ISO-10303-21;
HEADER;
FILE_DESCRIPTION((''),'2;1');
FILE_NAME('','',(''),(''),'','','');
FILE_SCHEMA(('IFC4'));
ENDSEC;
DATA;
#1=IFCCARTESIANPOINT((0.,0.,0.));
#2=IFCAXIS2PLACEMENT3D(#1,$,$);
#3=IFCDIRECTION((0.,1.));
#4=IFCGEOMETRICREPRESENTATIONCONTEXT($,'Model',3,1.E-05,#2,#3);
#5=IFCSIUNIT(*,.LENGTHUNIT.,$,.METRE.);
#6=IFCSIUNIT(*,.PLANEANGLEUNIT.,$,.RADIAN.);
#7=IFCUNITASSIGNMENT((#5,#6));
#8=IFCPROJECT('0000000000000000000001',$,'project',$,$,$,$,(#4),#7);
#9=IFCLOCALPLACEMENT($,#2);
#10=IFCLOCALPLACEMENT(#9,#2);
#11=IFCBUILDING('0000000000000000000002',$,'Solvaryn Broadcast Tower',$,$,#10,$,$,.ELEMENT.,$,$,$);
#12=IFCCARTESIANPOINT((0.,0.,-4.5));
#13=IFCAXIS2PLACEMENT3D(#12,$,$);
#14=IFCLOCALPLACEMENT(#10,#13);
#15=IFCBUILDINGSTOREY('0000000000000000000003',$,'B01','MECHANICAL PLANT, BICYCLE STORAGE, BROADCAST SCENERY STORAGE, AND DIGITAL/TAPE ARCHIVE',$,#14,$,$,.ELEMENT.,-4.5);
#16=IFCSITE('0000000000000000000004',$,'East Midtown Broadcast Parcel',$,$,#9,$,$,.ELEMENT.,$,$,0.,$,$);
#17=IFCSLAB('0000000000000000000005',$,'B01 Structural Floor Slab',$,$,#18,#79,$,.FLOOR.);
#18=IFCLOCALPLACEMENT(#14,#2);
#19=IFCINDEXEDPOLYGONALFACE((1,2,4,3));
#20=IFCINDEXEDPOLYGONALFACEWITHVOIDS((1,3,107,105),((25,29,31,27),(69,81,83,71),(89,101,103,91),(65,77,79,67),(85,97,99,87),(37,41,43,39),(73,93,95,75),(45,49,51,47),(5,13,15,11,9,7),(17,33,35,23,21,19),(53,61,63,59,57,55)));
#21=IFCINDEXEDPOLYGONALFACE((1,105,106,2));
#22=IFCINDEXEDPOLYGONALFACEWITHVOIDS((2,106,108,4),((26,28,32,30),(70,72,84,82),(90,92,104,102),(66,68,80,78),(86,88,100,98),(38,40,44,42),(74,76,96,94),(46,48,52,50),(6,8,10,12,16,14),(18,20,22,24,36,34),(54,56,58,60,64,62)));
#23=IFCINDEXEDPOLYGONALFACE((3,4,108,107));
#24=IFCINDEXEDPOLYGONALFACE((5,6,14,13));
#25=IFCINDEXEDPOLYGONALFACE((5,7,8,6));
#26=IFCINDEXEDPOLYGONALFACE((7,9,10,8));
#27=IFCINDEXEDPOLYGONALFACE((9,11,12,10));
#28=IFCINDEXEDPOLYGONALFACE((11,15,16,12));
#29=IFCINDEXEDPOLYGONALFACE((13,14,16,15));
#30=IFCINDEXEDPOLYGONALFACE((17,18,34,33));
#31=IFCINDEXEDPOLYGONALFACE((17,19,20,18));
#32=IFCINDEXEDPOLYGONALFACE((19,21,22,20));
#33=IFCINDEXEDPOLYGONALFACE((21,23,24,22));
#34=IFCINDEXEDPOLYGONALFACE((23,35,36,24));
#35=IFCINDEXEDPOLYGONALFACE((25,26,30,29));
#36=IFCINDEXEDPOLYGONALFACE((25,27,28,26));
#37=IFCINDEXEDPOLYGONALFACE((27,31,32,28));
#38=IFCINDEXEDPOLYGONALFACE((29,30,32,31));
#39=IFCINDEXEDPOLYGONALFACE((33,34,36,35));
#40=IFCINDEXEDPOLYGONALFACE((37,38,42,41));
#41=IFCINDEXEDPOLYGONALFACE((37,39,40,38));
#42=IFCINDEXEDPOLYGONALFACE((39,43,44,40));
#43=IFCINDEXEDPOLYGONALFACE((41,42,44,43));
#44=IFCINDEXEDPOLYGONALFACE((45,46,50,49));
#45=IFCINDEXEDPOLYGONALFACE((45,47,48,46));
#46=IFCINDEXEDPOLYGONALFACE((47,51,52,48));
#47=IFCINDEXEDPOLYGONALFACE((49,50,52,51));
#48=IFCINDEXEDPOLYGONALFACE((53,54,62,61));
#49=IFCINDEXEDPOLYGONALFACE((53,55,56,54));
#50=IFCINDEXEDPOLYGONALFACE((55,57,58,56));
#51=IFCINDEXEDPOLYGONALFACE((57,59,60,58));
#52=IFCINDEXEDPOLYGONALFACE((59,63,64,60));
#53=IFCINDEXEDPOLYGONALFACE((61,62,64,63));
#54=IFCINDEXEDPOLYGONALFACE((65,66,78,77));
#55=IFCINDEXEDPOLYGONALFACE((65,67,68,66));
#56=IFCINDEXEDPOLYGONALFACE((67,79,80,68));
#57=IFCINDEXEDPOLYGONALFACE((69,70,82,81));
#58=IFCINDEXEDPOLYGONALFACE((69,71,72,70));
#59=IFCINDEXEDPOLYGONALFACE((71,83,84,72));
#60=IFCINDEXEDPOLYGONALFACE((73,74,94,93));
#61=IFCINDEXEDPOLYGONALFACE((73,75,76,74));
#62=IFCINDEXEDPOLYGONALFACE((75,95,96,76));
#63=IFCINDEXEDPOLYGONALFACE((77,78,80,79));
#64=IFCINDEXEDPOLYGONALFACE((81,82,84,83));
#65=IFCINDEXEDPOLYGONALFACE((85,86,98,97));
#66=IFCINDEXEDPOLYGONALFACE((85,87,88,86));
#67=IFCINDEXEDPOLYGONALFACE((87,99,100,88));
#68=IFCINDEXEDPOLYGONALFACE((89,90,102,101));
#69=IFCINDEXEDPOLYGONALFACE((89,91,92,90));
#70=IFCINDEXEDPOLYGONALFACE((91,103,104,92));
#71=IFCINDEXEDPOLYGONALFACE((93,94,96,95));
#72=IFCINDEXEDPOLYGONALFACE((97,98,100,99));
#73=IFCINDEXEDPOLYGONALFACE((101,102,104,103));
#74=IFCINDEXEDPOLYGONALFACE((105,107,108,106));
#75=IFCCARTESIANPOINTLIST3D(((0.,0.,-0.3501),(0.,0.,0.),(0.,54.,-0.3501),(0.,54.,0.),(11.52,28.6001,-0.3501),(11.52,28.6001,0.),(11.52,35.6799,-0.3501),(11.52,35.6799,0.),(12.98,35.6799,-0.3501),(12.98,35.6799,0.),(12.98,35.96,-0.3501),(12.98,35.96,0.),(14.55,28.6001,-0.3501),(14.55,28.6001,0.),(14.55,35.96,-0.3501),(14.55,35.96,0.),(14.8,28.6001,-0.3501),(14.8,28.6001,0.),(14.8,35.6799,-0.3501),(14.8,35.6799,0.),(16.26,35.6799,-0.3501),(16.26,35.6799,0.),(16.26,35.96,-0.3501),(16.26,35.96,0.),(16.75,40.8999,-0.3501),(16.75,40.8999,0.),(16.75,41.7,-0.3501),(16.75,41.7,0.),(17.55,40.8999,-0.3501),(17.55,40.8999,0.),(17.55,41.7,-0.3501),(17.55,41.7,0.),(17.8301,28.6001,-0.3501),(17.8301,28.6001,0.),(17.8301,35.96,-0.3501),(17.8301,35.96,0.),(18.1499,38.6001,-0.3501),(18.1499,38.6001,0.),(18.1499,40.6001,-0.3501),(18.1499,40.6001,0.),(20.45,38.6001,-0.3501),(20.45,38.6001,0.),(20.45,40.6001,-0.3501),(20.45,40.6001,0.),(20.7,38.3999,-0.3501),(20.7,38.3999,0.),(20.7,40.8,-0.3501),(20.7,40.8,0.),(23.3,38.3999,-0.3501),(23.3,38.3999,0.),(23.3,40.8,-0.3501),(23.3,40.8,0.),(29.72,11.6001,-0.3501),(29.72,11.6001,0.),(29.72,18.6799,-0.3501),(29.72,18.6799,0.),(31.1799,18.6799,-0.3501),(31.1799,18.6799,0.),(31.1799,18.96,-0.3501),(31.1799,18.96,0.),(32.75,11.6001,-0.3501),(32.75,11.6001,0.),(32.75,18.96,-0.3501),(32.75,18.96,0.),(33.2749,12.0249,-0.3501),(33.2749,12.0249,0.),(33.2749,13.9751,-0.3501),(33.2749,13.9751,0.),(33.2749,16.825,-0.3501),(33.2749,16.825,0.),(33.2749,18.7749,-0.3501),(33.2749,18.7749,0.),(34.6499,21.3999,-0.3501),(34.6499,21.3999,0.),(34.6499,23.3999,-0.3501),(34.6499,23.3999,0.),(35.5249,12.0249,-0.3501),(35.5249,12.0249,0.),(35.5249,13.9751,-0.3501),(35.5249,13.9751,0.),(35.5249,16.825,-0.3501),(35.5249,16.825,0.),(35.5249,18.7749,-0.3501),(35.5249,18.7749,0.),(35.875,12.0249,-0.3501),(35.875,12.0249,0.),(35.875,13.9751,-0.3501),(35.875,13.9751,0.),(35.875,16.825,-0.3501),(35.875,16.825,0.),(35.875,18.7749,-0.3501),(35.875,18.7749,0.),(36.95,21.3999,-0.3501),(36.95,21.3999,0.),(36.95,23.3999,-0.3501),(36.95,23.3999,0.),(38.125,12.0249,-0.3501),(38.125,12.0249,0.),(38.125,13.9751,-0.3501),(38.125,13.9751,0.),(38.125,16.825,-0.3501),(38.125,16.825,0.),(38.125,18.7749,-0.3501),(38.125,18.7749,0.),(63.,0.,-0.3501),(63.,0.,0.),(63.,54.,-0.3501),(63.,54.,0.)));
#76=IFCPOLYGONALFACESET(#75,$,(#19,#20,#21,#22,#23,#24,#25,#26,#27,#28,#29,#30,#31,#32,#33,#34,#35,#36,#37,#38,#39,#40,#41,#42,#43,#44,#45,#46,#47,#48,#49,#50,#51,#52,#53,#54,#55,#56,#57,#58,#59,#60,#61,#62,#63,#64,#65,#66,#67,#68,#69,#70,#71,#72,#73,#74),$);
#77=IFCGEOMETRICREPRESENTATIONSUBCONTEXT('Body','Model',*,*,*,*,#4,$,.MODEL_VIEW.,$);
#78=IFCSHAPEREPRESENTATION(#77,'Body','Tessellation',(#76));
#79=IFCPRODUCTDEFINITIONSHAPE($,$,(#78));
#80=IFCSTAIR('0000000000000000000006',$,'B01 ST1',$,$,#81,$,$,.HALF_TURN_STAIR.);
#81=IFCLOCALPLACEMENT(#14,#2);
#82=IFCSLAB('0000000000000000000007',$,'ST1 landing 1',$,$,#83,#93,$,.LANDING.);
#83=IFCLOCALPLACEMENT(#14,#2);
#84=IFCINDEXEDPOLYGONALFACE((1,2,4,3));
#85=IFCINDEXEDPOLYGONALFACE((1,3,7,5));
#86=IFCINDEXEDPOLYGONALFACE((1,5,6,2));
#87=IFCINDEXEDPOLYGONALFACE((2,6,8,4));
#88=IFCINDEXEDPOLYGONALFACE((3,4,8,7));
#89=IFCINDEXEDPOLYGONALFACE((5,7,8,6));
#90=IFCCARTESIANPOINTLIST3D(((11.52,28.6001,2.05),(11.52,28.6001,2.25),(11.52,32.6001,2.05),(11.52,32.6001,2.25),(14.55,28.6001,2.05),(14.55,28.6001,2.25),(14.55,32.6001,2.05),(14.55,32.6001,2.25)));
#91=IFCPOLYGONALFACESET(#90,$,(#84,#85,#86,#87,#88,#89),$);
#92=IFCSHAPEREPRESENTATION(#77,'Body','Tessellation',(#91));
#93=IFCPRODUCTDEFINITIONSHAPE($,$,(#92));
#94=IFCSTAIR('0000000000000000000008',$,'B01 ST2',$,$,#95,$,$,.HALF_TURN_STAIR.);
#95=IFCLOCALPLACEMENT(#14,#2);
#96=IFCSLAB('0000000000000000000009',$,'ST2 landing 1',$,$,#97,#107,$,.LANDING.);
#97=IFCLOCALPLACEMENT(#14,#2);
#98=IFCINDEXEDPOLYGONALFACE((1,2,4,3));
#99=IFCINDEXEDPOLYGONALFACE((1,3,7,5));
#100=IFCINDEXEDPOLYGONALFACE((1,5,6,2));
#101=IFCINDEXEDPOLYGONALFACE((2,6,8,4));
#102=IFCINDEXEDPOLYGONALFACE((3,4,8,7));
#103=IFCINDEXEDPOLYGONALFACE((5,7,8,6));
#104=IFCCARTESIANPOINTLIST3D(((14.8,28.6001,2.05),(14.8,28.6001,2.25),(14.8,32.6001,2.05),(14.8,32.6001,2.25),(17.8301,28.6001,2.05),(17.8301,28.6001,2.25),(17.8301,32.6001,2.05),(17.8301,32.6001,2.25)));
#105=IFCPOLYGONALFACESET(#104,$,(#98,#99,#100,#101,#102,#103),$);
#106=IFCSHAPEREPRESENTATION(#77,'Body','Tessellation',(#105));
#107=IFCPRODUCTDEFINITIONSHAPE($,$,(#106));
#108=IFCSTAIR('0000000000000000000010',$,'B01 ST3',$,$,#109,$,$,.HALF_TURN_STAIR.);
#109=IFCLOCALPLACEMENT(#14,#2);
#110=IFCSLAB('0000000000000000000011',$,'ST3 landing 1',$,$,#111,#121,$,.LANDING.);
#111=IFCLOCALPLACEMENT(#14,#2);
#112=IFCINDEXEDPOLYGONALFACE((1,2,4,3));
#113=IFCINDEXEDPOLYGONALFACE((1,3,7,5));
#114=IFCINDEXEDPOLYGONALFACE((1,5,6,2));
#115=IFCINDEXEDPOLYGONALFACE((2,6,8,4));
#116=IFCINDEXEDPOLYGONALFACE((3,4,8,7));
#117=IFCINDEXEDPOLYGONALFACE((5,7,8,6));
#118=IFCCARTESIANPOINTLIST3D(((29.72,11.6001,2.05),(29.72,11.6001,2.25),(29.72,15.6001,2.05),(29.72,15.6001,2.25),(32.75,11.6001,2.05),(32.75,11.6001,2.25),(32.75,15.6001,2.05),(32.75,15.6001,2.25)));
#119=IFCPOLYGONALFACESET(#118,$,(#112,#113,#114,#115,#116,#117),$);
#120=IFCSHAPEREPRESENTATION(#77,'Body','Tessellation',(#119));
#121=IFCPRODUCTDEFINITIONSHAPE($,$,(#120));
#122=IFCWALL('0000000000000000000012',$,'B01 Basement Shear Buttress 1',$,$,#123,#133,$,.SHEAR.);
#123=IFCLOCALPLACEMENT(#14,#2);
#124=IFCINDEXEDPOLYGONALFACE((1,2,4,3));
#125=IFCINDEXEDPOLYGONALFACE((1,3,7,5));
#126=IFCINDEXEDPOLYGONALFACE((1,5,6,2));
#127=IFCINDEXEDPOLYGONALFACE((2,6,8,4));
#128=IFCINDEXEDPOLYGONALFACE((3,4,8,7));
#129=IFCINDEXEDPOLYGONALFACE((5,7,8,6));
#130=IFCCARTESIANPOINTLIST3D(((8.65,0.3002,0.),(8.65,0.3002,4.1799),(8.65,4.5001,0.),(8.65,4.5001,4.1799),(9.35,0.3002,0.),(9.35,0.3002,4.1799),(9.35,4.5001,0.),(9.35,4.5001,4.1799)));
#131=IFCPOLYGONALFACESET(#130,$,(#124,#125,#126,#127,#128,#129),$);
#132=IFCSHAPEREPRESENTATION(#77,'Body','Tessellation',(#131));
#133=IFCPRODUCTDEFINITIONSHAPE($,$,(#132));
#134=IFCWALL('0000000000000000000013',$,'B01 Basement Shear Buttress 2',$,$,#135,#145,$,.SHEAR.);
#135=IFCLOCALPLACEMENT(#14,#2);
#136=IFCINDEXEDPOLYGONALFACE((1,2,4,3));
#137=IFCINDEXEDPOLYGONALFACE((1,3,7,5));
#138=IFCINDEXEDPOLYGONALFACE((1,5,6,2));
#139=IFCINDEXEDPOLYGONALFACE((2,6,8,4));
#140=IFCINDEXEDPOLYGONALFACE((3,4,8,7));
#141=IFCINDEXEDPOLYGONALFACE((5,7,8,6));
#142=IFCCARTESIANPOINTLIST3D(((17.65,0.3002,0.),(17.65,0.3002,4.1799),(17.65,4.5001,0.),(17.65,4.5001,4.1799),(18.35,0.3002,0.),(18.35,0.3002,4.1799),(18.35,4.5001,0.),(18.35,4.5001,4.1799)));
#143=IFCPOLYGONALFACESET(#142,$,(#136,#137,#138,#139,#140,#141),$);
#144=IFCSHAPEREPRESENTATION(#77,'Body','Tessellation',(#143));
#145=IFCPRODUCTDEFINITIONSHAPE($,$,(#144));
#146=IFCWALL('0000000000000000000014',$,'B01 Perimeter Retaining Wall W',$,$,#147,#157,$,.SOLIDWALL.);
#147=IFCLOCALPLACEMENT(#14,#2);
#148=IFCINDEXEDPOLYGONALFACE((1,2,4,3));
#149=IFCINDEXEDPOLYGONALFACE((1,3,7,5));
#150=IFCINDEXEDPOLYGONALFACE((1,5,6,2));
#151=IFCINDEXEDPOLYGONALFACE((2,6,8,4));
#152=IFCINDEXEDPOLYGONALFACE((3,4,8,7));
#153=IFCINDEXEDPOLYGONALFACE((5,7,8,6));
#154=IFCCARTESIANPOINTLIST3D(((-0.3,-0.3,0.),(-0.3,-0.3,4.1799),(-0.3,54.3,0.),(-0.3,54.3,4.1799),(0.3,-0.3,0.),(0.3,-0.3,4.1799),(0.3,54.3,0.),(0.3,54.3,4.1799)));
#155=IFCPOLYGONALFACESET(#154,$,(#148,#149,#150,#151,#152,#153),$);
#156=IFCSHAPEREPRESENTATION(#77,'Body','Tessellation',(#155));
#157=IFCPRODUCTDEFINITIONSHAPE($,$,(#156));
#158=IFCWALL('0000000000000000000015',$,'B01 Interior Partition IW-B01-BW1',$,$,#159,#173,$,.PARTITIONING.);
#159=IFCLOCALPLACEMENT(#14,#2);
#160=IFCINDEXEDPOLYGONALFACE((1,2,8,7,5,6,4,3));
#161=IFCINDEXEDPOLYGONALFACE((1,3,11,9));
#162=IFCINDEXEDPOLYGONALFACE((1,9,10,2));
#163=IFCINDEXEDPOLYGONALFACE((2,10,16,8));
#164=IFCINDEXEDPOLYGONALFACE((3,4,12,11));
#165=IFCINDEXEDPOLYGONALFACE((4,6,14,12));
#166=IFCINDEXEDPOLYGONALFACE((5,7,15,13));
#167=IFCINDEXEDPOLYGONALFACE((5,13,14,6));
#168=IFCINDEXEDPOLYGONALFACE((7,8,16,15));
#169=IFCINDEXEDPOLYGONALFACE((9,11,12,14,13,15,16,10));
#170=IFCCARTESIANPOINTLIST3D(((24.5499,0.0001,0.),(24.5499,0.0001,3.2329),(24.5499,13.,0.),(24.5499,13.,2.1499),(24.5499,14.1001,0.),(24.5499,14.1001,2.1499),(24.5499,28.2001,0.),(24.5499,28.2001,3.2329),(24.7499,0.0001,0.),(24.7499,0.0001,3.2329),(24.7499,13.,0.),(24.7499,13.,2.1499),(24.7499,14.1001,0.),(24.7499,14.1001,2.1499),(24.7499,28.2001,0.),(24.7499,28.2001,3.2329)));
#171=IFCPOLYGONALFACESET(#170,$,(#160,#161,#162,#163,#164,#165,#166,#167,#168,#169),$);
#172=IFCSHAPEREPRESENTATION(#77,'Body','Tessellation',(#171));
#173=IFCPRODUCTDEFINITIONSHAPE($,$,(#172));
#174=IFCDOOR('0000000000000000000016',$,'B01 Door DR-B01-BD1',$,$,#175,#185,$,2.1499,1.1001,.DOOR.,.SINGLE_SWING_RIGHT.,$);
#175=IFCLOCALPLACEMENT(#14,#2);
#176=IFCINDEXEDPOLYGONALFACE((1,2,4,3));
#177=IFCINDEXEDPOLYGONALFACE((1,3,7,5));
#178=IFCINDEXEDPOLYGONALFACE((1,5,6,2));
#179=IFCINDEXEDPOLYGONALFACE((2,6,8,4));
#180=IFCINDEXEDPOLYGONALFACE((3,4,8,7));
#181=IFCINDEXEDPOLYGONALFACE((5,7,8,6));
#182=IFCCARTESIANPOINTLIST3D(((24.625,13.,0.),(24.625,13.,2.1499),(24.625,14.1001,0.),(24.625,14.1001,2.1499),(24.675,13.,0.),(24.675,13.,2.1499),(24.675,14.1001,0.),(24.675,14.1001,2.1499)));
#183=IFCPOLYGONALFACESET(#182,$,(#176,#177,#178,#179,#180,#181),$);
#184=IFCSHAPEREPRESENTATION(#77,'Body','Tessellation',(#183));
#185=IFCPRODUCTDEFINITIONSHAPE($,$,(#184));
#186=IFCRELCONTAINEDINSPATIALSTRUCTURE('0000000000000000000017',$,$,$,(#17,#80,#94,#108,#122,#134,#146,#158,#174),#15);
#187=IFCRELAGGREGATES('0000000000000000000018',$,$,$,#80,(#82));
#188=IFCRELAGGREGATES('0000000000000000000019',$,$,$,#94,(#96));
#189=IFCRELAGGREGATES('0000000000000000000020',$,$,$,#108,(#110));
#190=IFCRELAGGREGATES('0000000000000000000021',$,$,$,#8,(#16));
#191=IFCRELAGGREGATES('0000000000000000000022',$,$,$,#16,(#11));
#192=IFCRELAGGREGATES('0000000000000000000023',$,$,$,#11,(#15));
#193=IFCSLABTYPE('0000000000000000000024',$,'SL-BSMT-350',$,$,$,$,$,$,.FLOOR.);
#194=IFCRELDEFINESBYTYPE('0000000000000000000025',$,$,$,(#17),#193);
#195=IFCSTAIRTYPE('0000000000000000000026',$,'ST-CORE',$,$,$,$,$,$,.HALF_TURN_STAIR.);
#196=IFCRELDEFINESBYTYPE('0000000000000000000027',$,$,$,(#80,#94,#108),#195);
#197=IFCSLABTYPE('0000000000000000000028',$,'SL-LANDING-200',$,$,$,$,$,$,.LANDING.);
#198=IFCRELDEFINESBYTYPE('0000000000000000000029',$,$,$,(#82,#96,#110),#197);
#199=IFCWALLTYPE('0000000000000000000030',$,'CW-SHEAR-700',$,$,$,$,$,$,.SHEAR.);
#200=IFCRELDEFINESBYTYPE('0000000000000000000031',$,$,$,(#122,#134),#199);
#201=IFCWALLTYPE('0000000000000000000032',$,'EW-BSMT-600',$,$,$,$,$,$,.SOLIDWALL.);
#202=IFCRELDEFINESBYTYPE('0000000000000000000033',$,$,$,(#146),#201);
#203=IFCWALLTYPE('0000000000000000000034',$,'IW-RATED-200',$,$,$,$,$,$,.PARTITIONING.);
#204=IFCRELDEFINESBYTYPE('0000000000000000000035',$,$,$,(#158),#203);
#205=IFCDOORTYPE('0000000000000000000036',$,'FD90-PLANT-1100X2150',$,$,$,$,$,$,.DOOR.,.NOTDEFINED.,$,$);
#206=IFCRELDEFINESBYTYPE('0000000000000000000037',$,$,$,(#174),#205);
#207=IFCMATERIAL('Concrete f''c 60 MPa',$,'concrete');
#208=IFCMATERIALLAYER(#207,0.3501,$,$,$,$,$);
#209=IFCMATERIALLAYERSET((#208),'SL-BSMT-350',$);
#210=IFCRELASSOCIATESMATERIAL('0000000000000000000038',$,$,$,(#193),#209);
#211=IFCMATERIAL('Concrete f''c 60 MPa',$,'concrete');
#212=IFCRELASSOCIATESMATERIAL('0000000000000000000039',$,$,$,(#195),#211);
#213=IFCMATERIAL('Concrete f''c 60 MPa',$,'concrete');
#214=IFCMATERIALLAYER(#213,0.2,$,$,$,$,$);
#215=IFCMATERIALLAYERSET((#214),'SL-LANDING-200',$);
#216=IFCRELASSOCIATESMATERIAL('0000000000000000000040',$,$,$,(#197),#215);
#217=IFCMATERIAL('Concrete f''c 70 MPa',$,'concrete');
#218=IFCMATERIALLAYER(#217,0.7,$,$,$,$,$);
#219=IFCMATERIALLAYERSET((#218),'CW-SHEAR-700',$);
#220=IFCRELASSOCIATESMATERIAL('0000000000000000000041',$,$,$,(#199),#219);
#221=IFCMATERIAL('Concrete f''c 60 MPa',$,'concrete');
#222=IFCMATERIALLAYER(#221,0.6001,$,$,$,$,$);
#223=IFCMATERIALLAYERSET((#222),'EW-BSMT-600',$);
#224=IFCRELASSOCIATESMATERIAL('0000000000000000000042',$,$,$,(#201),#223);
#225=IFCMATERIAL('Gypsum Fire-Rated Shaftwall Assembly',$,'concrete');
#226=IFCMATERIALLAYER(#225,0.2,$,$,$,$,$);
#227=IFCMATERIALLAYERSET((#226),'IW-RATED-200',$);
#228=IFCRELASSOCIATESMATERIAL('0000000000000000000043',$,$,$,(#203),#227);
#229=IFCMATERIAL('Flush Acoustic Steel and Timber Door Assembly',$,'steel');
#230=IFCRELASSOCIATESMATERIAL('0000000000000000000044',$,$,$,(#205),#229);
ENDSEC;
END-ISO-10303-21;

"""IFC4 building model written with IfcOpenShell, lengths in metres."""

from ifc_helpers import new_model, si_unit, direction, frame, frame_2d, origin, place, context, subcontext, project, spatial, polyline, rectangle, outline, extrude, material, layer, layer_set, type_object, element, fill, aggregate, save


model = new_model("IFC4")

# Units and contexts
model_context = context("Model", 3, precision=1e-05, world=origin(), true_north=direction((0.0, 1.0)))
body_context = subcontext(model_context, "Body", "Model", "MODEL_VIEW")
ifc_project = project(units=[si_unit("LENGTHUNIT", "METRE"), si_unit("PLANEANGLEUNIT", "RADIAN")], contexts=[model_context])

# Site, building, storey
site_placement = place(None, origin())
site = spatial("IfcSite", under=ifc_project, at=site_placement, Name="East Midtown Broadcast Parcel", CompositionType="ELEMENT", RefElevation=0.0)
building_placement = place(site_placement, origin())
building = spatial("IfcBuilding", under=site, at=building_placement, Name="Solvaryn Broadcast Tower", CompositionType="ELEMENT")
storey_placement = place(building_placement, frame((0.0, 0.0, -4.5)))
storey = spatial("IfcBuildingStorey", under=building, at=storey_placement, Name="B01", Description="MECHANICAL PLANT, BICYCLE STORAGE, BROADCAST SCENERY STORAGE, AND DIGITAL/TAPE ARCHIVE", CompositionType="ELEMENT", Elevation=-4.5)

# Slab
ifc_material_1 = material(Name="Concrete f'c 60 MPa", Category="concrete")
ifc_layer_1 = layer(ifc_material_1, 0.3501)
ifc_layer_set_1 = layer_set([ifc_layer_1], Name="SL-BSMT-350")
slab_type_1 = type_object("IfcSlabType", Name="SL-BSMT-350", PredefinedType="FLOOR", material=ifc_layer_set_1)
slab_1_placement = place(storey_placement, frame((0.0, 0.0, -0.3501)))
element("IfcSlab", 1, at=slab_1_placement, inside=storey, type_object=slab_type_1, Name="B01 Structural Floor Slab", PredefinedType="FLOOR", context=body_context, shape_type="SweptSolid", body=[
    extrude(outline(polyline([(0.0, 0.0), (63.0, 0.0), (63.0, 54.0), (0.0, 54.0), (0.0, 0.0)]), holes=[polyline([(11.52, 28.6001), (14.55, 28.6001), (14.55, 35.96), (12.98, 35.96), (12.98, 35.6799), (11.52, 35.6799), (11.52, 28.6001)]), polyline([(14.8, 28.6001), (17.8301, 28.6001), (17.8301, 35.96), (16.26, 35.96), (16.26, 35.6799), (14.8, 35.6799), (14.8, 28.6001)]), polyline([(29.72, 11.6001), (32.75, 11.6001), (32.75, 18.96), (31.1799, 18.96), (31.1799, 18.6799), (29.72, 18.6799), (29.72, 11.6001)]), polyline([(18.1499, 38.6001), (20.45, 38.6001), (20.45, 40.6001), (18.1499, 40.6001), (18.1499, 38.6001)]), polyline([(20.7, 38.3999), (23.3, 38.3999), (23.3, 40.8), (20.7, 40.8), (20.7, 38.3999)]), polyline([(34.6499, 21.3999), (36.95, 21.3999), (36.95, 23.3999), (34.6499, 23.3999), (34.6499, 21.3999)]), polyline([(33.2749, 12.0249), (35.5249, 12.0249), (35.5249, 13.9751), (33.2749, 13.9751), (33.2749, 12.0249)]), polyline([(35.875, 12.0249), (38.125, 12.0249), (38.125, 13.9751), (35.875, 13.9751), (35.875, 12.0249)]), polyline([(33.2749, 16.825), (35.5249, 16.825), (35.5249, 18.7749), (33.2749, 18.7749), (33.2749, 16.825)]), polyline([(35.875, 16.825), (38.125, 16.825), (38.125, 18.7749), (35.875, 18.7749), (35.875, 16.825)]), polyline([(16.75, 40.8999), (17.55, 40.8999), (17.55, 41.7), (16.75, 41.7), (16.75, 40.8999)])]), origin(), (0.0, 0.0, 1.0), 0.3501),
])

# Stairs, slabs
ifc_material_2 = material(Name="Concrete f'c 60 MPa", Category="concrete")
stair_type = type_object("IfcStairType", Name="ST-CORE", PredefinedType="HALF_TURN_STAIR", material=ifc_material_2)
stair_1_placement = place(storey_placement, origin())
stair_1 = element("IfcStair", 2, at=stair_1_placement, inside=storey, type_object=stair_type, Name="B01 ST1", PredefinedType="HALF_TURN_STAIR")
ifc_material_3 = material(Name="Concrete f'c 60 MPa", Category="concrete")
ifc_layer_2 = layer(ifc_material_3, 0.2)
ifc_layer_set_2 = layer_set([ifc_layer_2], Name="SL-LANDING-200")
slab_type_2 = type_object("IfcSlabType", Name="SL-LANDING-200", PredefinedType="LANDING", material=ifc_layer_set_2)
slab_2_placement = place(storey_placement, frame((0.0, 0.0, 2.05)))
slab_2 = element("IfcSlab", 3, at=slab_2_placement, type_object=slab_type_2, Name="ST1 landing 1", PredefinedType="LANDING", context=body_context, shape_type="SweptSolid", body=[
    extrude(outline(polyline([(11.52, 32.6001), (11.52, 28.6001), (14.55, 28.6001), (14.55, 32.6001), (11.52, 32.6001)])), origin(), (0.0, 0.0, 1.0), 0.2),
])
aggregate(stair_1, [slab_2])
stair_2_placement = place(storey_placement, origin())
stair_2 = element("IfcStair", 4, at=stair_2_placement, inside=storey, type_object=stair_type, Name="B01 ST2", PredefinedType="HALF_TURN_STAIR")
slab_3_placement = place(storey_placement, frame((0.0, 0.0, 2.05)))
slab_3 = element("IfcSlab", 5, at=slab_3_placement, type_object=slab_type_2, Name="ST2 landing 1", PredefinedType="LANDING", context=body_context, shape_type="SweptSolid", body=[
    extrude(outline(polyline([(14.8, 32.6001), (14.8, 28.6001), (17.8301, 28.6001), (17.8301, 32.6001), (14.8, 32.6001)])), origin(), (0.0, 0.0, 1.0), 0.2),
])
aggregate(stair_2, [slab_3])
stair_3_placement = place(storey_placement, origin())
stair_3 = element("IfcStair", 6, at=stair_3_placement, inside=storey, type_object=stair_type, Name="B01 ST3", PredefinedType="HALF_TURN_STAIR")
slab_4_placement = place(storey_placement, frame((0.0, 0.0, 2.05)))
slab_4 = element("IfcSlab", 7, at=slab_4_placement, type_object=slab_type_2, Name="ST3 landing 1", PredefinedType="LANDING", context=body_context, shape_type="SweptSolid", body=[
    extrude(outline(polyline([(29.72, 15.6001), (29.72, 11.6001), (32.75, 11.6001), (32.75, 15.6001), (29.72, 15.6001)])), origin(), (0.0, 0.0, 1.0), 0.2),
])
aggregate(stair_3, [slab_4])

# Walls
ifc_material_4 = material(Name="Concrete f'c 70 MPa", Category="concrete")
ifc_layer_3 = layer(ifc_material_4, 0.7)
ifc_layer_set_3 = layer_set([ifc_layer_3], Name="CW-SHEAR-700")
wall_type_1 = type_object("IfcWallType", Name="CW-SHEAR-700", PredefinedType="SHEAR", material=ifc_layer_set_3)
for number, where, z_axis, x_axis, name in (
    (8, (9.0, 0.3, 0.0), (0.0, 0.0, 1.0), (0.0, 1.0, 0.0), "B01 Basement Shear Buttress 1"),
    (9, (18.0, 0.3, 0.0), (0.0, 0.0, 1.0), (0.0, 1.0, 0.0), "B01 Basement Shear Buttress 2"),
):
    element("IfcWall", number, at=place(storey_placement, frame(where, z_axis=z_axis, x_axis=x_axis)), inside=storey, type_object=wall_type_1, Name=name, PredefinedType="SHEAR", context=body_context, shape_type="SweptSolid", body=[
        extrude(rectangle(XDim=4.2, YDim=0.7, at=frame_2d((2.1001, 0.0))), origin(), (0.0, 0.0, 1.0), 4.1799),
    ])
ifc_material_5 = material(Name="Concrete f'c 60 MPa", Category="concrete")
ifc_layer_4 = layer(ifc_material_5, 0.6001)
ifc_layer_set_4 = layer_set([ifc_layer_4], Name="EW-BSMT-600")
wall_type_2 = type_object("IfcWallType", Name="EW-BSMT-600", PredefinedType="SOLIDWALL", material=ifc_layer_set_4)
wall_1_placement = place(storey_placement, frame((0.0, -0.3, 0.0), z_axis=(0.0, 0.0, 1.0), x_axis=(0.0, 1.0, 0.0)))
element("IfcWall", 10, at=wall_1_placement, inside=storey, type_object=wall_type_2, Name="B01 Perimeter Retaining Wall W", PredefinedType="SOLIDWALL", context=body_context, shape_type="SweptSolid", body=[
    extrude(rectangle(XDim=54.6001, YDim=0.6001, at=frame_2d((27.3, 0.0))), origin(), (0.0, 0.0, 1.0), 4.1799),
])

# Wall, opening, door
ifc_material_6 = material(Name="Gypsum Fire-Rated Shaftwall Assembly", Category="concrete")
ifc_layer_5 = layer(ifc_material_6, 0.2)
ifc_layer_set_5 = layer_set([ifc_layer_5], Name="IW-RATED-200")
wall_type_3 = type_object("IfcWallType", Name="IW-RATED-200", PredefinedType="PARTITIONING", material=ifc_layer_set_5)
wall_2_placement = place(storey_placement, frame((24.6499, 0.0, 0.0), z_axis=(0.0, 0.0, 1.0), x_axis=(0.0, 1.0, 0.0)))
wall_2 = element("IfcWall", 11, at=wall_2_placement, inside=storey, type_object=wall_type_3, Name="B01 Interior Partition IW-B01-BW1", PredefinedType="PARTITIONING", context=body_context, shape_type="SweptSolid", body=[
    extrude(rectangle(XDim=28.2, YDim=0.2, at=frame_2d((14.1001, 0.0))), origin(), (0.0, 0.0, 1.0), 3.2329),
])
opening_placement = place(wall_2_placement, frame((13.0, 0.0, 0.0)))
opening = element("IfcOpeningElement", 12, at=opening_placement, cuts=wall_2, PredefinedType="OPENING", context=body_context, shape_type="SweptSolid", body=[
    extrude(rectangle(XDim=1.1001, YDim=2.1499, at=frame_2d((0.55, 1.075))), frame((0.0, 0.1101, 0.0), z_axis=(0.0, -1.0, 0.0), x_axis=(1.0, 0.0, 0.0)), (0.0, 0.0, 1.0), 0.22),
])
ifc_material_7 = material(Name="Flush Acoustic Steel and Timber Door Assembly", Category="steel")
door_type = type_object("IfcDoorType", Name="FD90-PLANT-1100X2150", OperationType="NOTDEFINED", PredefinedType="DOOR", material=ifc_material_7)
door_placement = place(opening_placement, origin())
door = element("IfcDoor", 13, at=door_placement, inside=storey, type_object=door_type, Name="B01 Door DR-B01-BD1", OperationType="SINGLE_SWING_RIGHT", OverallHeight=2.1499, OverallWidth=1.1001, PredefinedType="DOOR", context=body_context, shape_type="SweptSolid", body=[
    extrude(rectangle(XDim=1.1001, YDim=2.1499, at=frame_2d((0.55, 1.075))), frame((0.0, 0.0249, 0.0), z_axis=(0.0, -1.0, 0.0), x_axis=(1.0, 0.0, 0.0)), (0.0, 0.0, 1.0), 0.05),
])
fill(opening, door)

save(model, "model.ifc")
